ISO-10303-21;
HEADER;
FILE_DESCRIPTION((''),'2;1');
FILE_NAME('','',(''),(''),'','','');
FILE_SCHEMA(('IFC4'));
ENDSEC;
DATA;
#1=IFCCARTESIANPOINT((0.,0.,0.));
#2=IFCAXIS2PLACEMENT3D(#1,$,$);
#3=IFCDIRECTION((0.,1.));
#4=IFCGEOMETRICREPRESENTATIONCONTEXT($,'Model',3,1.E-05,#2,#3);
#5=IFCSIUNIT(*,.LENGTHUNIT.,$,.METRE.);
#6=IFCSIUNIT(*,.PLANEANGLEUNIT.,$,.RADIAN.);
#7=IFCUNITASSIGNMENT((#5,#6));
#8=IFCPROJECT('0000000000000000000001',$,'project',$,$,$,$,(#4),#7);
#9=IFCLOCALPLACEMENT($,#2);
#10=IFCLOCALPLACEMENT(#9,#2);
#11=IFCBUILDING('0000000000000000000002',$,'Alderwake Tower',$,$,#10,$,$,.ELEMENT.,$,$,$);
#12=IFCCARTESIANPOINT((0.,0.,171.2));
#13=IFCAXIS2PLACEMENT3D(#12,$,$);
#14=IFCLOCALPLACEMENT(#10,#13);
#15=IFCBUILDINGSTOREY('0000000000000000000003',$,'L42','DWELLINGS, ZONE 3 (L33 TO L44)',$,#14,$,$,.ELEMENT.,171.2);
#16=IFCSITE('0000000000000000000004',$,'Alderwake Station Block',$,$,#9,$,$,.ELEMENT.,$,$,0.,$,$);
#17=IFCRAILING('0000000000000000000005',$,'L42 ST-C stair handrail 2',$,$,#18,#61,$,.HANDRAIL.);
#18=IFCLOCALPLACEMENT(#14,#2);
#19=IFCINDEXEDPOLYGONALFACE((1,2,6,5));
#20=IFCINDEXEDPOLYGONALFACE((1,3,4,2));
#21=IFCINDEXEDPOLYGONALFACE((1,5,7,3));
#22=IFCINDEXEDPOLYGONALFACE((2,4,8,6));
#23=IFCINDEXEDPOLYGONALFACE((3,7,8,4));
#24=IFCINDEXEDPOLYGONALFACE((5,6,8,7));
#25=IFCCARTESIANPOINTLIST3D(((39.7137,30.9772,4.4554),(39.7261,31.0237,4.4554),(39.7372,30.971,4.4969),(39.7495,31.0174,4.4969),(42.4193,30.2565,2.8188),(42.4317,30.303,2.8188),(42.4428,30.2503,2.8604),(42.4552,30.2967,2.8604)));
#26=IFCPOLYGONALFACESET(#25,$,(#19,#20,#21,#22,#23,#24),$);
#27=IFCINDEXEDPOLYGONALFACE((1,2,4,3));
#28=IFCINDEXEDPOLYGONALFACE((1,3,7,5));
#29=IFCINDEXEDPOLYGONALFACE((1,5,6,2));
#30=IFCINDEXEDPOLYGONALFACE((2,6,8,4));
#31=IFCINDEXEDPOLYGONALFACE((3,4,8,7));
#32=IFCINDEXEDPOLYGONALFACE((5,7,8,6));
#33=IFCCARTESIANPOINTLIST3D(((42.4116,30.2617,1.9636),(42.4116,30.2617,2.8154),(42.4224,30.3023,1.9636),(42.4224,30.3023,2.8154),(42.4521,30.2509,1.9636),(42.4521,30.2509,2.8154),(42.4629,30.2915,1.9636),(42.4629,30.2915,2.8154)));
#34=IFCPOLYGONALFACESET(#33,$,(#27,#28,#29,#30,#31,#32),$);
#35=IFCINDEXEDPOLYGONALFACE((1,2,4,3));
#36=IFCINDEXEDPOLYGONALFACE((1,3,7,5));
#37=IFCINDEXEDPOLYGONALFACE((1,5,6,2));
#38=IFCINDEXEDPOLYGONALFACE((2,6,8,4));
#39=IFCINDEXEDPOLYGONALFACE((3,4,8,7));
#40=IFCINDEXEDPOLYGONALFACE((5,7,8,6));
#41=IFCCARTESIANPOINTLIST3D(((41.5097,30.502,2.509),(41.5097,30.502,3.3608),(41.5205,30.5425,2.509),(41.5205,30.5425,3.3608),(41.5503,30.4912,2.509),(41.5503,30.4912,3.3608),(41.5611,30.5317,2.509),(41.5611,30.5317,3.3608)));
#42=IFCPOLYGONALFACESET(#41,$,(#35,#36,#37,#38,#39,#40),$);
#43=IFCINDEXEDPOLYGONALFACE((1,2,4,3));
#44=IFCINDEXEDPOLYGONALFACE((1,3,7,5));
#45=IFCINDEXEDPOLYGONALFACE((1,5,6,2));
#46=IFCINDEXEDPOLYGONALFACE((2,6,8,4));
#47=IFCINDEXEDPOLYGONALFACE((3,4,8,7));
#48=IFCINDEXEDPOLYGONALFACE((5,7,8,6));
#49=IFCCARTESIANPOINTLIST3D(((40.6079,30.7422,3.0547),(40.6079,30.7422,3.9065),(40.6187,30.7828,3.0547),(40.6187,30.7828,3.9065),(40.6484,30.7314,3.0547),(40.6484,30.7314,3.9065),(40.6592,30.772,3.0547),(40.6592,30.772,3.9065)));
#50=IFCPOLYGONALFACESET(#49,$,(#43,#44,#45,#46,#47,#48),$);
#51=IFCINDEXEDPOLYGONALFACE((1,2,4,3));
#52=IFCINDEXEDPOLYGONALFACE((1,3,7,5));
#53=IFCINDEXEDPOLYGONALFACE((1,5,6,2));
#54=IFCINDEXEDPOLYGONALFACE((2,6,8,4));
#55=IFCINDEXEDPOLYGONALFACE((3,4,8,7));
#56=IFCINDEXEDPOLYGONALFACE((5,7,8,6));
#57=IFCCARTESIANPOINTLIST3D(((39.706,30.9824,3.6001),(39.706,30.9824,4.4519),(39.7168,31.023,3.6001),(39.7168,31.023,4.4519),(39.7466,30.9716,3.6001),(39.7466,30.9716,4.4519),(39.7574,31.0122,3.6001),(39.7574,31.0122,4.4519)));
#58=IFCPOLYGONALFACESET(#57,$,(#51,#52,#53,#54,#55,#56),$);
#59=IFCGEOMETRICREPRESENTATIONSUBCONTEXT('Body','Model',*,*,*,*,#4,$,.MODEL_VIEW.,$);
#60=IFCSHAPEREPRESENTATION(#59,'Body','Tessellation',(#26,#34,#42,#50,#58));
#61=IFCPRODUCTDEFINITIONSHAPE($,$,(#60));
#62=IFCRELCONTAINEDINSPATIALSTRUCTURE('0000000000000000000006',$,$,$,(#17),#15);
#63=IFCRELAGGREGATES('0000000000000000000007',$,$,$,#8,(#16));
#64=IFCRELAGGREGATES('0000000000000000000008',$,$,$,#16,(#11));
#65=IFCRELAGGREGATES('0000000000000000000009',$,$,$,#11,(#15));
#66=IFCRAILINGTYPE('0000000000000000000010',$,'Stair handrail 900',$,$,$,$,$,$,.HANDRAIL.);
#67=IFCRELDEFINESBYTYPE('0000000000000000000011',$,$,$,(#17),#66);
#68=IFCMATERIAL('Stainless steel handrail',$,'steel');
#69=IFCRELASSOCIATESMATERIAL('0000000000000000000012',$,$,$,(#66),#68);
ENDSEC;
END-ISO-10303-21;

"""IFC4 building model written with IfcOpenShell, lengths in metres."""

from ifc_helpers import new_model, si_unit, direction, frame, origin, origin_2d, place, context, subcontext, project, spatial, rectangle, extrude, material, type_object, element, save


model = new_model("IFC4")

# Units and contexts
model_context = context("Model", 3, precision=1e-05, world=origin(), true_north=direction((0.0, 1.0)))
body_context = subcontext(model_context, "Body", "Model", "MODEL_VIEW")
ifc_project = project(units=[si_unit("LENGTHUNIT", "METRE"), si_unit("PLANEANGLEUNIT", "RADIAN")], contexts=[model_context])

# Site, building, storey
site_placement = place(None, origin())
site = spatial("IfcSite", under=ifc_project, at=site_placement, Name="Alderwake Station Block", CompositionType="ELEMENT", RefElevation=0.0)
building_placement = place(site_placement, origin())
building = spatial("IfcBuilding", under=site, at=building_placement, Name="Alderwake Tower", CompositionType="ELEMENT")
storey_placement = place(building_placement, frame((0.0, 0.0, 171.2)))
storey = spatial("IfcBuildingStorey", under=building, at=storey_placement, Name="L42", Description="DWELLINGS, ZONE 3 (L33 TO L44)", CompositionType="ELEMENT", Elevation=171.2)

# Railing
ifc_material_1 = material(Name="Stainless steel handrail", Category="steel")
railing_type_1 = type_object("IfcRailingType", Name="Stair handrail 900", PredefinedType="HANDRAIL", material=ifc_material_1)
railing_1_placement = place(storey_placement, frame((42.4373, 30.2766, 1.9636)))
element("IfcRailing", 1, at=railing_1_placement, inside=storey, type_object=railing_type_1, Name="L42 ST-C stair handrail 2", PredefinedType="HANDRAIL", context=body_context, shape_type="SweptSolid", body=[
    extrude(rectangle(XDim=0.0481, YDim=0.0481, at=origin_2d()), frame((0.0, 0.0, 0.876), z_axis=(-0.834259, 0.222228, 0.504605), x_axis=(-0.257402, -0.966304, 0.0)), (0.0, 0.0, 1.0), 3.2432),
    extrude(rectangle(XDim=0.042, YDim=0.042, at=origin_2d()), frame((0.0, 0.0, 0.0), z_axis=(0.0, 0.0, 1.0), x_axis=(-0.966304, 0.257402, 0.0)), (0.0, 0.0, 1.0), 0.8518),
    extrude(rectangle(XDim=0.042, YDim=0.042, at=origin_2d()), frame((-0.9019, 0.2402, 0.5454), z_axis=(0.0, 0.0, 1.0), x_axis=(-0.966304, 0.257402, 0.0)), (0.0, 0.0, 1.0), 0.8518),
    extrude(rectangle(XDim=0.042, YDim=0.042, at=origin_2d()), frame((-1.8037, 0.4805, 1.0911), z_axis=(0.0, 0.0, 1.0), x_axis=(-0.966304, 0.257402, 0.0)), (0.0, 0.0, 1.0), 0.8518),
    extrude(rectangle(XDim=0.042, YDim=0.042, at=origin_2d()), frame((-2.7056, 0.7207, 1.6365), z_axis=(0.0, 0.0, 1.0), x_axis=(-0.966304, 0.257402, 0.0)), (0.0, 0.0, 1.0), 0.8518),
])

save(model, "model.ifc")
